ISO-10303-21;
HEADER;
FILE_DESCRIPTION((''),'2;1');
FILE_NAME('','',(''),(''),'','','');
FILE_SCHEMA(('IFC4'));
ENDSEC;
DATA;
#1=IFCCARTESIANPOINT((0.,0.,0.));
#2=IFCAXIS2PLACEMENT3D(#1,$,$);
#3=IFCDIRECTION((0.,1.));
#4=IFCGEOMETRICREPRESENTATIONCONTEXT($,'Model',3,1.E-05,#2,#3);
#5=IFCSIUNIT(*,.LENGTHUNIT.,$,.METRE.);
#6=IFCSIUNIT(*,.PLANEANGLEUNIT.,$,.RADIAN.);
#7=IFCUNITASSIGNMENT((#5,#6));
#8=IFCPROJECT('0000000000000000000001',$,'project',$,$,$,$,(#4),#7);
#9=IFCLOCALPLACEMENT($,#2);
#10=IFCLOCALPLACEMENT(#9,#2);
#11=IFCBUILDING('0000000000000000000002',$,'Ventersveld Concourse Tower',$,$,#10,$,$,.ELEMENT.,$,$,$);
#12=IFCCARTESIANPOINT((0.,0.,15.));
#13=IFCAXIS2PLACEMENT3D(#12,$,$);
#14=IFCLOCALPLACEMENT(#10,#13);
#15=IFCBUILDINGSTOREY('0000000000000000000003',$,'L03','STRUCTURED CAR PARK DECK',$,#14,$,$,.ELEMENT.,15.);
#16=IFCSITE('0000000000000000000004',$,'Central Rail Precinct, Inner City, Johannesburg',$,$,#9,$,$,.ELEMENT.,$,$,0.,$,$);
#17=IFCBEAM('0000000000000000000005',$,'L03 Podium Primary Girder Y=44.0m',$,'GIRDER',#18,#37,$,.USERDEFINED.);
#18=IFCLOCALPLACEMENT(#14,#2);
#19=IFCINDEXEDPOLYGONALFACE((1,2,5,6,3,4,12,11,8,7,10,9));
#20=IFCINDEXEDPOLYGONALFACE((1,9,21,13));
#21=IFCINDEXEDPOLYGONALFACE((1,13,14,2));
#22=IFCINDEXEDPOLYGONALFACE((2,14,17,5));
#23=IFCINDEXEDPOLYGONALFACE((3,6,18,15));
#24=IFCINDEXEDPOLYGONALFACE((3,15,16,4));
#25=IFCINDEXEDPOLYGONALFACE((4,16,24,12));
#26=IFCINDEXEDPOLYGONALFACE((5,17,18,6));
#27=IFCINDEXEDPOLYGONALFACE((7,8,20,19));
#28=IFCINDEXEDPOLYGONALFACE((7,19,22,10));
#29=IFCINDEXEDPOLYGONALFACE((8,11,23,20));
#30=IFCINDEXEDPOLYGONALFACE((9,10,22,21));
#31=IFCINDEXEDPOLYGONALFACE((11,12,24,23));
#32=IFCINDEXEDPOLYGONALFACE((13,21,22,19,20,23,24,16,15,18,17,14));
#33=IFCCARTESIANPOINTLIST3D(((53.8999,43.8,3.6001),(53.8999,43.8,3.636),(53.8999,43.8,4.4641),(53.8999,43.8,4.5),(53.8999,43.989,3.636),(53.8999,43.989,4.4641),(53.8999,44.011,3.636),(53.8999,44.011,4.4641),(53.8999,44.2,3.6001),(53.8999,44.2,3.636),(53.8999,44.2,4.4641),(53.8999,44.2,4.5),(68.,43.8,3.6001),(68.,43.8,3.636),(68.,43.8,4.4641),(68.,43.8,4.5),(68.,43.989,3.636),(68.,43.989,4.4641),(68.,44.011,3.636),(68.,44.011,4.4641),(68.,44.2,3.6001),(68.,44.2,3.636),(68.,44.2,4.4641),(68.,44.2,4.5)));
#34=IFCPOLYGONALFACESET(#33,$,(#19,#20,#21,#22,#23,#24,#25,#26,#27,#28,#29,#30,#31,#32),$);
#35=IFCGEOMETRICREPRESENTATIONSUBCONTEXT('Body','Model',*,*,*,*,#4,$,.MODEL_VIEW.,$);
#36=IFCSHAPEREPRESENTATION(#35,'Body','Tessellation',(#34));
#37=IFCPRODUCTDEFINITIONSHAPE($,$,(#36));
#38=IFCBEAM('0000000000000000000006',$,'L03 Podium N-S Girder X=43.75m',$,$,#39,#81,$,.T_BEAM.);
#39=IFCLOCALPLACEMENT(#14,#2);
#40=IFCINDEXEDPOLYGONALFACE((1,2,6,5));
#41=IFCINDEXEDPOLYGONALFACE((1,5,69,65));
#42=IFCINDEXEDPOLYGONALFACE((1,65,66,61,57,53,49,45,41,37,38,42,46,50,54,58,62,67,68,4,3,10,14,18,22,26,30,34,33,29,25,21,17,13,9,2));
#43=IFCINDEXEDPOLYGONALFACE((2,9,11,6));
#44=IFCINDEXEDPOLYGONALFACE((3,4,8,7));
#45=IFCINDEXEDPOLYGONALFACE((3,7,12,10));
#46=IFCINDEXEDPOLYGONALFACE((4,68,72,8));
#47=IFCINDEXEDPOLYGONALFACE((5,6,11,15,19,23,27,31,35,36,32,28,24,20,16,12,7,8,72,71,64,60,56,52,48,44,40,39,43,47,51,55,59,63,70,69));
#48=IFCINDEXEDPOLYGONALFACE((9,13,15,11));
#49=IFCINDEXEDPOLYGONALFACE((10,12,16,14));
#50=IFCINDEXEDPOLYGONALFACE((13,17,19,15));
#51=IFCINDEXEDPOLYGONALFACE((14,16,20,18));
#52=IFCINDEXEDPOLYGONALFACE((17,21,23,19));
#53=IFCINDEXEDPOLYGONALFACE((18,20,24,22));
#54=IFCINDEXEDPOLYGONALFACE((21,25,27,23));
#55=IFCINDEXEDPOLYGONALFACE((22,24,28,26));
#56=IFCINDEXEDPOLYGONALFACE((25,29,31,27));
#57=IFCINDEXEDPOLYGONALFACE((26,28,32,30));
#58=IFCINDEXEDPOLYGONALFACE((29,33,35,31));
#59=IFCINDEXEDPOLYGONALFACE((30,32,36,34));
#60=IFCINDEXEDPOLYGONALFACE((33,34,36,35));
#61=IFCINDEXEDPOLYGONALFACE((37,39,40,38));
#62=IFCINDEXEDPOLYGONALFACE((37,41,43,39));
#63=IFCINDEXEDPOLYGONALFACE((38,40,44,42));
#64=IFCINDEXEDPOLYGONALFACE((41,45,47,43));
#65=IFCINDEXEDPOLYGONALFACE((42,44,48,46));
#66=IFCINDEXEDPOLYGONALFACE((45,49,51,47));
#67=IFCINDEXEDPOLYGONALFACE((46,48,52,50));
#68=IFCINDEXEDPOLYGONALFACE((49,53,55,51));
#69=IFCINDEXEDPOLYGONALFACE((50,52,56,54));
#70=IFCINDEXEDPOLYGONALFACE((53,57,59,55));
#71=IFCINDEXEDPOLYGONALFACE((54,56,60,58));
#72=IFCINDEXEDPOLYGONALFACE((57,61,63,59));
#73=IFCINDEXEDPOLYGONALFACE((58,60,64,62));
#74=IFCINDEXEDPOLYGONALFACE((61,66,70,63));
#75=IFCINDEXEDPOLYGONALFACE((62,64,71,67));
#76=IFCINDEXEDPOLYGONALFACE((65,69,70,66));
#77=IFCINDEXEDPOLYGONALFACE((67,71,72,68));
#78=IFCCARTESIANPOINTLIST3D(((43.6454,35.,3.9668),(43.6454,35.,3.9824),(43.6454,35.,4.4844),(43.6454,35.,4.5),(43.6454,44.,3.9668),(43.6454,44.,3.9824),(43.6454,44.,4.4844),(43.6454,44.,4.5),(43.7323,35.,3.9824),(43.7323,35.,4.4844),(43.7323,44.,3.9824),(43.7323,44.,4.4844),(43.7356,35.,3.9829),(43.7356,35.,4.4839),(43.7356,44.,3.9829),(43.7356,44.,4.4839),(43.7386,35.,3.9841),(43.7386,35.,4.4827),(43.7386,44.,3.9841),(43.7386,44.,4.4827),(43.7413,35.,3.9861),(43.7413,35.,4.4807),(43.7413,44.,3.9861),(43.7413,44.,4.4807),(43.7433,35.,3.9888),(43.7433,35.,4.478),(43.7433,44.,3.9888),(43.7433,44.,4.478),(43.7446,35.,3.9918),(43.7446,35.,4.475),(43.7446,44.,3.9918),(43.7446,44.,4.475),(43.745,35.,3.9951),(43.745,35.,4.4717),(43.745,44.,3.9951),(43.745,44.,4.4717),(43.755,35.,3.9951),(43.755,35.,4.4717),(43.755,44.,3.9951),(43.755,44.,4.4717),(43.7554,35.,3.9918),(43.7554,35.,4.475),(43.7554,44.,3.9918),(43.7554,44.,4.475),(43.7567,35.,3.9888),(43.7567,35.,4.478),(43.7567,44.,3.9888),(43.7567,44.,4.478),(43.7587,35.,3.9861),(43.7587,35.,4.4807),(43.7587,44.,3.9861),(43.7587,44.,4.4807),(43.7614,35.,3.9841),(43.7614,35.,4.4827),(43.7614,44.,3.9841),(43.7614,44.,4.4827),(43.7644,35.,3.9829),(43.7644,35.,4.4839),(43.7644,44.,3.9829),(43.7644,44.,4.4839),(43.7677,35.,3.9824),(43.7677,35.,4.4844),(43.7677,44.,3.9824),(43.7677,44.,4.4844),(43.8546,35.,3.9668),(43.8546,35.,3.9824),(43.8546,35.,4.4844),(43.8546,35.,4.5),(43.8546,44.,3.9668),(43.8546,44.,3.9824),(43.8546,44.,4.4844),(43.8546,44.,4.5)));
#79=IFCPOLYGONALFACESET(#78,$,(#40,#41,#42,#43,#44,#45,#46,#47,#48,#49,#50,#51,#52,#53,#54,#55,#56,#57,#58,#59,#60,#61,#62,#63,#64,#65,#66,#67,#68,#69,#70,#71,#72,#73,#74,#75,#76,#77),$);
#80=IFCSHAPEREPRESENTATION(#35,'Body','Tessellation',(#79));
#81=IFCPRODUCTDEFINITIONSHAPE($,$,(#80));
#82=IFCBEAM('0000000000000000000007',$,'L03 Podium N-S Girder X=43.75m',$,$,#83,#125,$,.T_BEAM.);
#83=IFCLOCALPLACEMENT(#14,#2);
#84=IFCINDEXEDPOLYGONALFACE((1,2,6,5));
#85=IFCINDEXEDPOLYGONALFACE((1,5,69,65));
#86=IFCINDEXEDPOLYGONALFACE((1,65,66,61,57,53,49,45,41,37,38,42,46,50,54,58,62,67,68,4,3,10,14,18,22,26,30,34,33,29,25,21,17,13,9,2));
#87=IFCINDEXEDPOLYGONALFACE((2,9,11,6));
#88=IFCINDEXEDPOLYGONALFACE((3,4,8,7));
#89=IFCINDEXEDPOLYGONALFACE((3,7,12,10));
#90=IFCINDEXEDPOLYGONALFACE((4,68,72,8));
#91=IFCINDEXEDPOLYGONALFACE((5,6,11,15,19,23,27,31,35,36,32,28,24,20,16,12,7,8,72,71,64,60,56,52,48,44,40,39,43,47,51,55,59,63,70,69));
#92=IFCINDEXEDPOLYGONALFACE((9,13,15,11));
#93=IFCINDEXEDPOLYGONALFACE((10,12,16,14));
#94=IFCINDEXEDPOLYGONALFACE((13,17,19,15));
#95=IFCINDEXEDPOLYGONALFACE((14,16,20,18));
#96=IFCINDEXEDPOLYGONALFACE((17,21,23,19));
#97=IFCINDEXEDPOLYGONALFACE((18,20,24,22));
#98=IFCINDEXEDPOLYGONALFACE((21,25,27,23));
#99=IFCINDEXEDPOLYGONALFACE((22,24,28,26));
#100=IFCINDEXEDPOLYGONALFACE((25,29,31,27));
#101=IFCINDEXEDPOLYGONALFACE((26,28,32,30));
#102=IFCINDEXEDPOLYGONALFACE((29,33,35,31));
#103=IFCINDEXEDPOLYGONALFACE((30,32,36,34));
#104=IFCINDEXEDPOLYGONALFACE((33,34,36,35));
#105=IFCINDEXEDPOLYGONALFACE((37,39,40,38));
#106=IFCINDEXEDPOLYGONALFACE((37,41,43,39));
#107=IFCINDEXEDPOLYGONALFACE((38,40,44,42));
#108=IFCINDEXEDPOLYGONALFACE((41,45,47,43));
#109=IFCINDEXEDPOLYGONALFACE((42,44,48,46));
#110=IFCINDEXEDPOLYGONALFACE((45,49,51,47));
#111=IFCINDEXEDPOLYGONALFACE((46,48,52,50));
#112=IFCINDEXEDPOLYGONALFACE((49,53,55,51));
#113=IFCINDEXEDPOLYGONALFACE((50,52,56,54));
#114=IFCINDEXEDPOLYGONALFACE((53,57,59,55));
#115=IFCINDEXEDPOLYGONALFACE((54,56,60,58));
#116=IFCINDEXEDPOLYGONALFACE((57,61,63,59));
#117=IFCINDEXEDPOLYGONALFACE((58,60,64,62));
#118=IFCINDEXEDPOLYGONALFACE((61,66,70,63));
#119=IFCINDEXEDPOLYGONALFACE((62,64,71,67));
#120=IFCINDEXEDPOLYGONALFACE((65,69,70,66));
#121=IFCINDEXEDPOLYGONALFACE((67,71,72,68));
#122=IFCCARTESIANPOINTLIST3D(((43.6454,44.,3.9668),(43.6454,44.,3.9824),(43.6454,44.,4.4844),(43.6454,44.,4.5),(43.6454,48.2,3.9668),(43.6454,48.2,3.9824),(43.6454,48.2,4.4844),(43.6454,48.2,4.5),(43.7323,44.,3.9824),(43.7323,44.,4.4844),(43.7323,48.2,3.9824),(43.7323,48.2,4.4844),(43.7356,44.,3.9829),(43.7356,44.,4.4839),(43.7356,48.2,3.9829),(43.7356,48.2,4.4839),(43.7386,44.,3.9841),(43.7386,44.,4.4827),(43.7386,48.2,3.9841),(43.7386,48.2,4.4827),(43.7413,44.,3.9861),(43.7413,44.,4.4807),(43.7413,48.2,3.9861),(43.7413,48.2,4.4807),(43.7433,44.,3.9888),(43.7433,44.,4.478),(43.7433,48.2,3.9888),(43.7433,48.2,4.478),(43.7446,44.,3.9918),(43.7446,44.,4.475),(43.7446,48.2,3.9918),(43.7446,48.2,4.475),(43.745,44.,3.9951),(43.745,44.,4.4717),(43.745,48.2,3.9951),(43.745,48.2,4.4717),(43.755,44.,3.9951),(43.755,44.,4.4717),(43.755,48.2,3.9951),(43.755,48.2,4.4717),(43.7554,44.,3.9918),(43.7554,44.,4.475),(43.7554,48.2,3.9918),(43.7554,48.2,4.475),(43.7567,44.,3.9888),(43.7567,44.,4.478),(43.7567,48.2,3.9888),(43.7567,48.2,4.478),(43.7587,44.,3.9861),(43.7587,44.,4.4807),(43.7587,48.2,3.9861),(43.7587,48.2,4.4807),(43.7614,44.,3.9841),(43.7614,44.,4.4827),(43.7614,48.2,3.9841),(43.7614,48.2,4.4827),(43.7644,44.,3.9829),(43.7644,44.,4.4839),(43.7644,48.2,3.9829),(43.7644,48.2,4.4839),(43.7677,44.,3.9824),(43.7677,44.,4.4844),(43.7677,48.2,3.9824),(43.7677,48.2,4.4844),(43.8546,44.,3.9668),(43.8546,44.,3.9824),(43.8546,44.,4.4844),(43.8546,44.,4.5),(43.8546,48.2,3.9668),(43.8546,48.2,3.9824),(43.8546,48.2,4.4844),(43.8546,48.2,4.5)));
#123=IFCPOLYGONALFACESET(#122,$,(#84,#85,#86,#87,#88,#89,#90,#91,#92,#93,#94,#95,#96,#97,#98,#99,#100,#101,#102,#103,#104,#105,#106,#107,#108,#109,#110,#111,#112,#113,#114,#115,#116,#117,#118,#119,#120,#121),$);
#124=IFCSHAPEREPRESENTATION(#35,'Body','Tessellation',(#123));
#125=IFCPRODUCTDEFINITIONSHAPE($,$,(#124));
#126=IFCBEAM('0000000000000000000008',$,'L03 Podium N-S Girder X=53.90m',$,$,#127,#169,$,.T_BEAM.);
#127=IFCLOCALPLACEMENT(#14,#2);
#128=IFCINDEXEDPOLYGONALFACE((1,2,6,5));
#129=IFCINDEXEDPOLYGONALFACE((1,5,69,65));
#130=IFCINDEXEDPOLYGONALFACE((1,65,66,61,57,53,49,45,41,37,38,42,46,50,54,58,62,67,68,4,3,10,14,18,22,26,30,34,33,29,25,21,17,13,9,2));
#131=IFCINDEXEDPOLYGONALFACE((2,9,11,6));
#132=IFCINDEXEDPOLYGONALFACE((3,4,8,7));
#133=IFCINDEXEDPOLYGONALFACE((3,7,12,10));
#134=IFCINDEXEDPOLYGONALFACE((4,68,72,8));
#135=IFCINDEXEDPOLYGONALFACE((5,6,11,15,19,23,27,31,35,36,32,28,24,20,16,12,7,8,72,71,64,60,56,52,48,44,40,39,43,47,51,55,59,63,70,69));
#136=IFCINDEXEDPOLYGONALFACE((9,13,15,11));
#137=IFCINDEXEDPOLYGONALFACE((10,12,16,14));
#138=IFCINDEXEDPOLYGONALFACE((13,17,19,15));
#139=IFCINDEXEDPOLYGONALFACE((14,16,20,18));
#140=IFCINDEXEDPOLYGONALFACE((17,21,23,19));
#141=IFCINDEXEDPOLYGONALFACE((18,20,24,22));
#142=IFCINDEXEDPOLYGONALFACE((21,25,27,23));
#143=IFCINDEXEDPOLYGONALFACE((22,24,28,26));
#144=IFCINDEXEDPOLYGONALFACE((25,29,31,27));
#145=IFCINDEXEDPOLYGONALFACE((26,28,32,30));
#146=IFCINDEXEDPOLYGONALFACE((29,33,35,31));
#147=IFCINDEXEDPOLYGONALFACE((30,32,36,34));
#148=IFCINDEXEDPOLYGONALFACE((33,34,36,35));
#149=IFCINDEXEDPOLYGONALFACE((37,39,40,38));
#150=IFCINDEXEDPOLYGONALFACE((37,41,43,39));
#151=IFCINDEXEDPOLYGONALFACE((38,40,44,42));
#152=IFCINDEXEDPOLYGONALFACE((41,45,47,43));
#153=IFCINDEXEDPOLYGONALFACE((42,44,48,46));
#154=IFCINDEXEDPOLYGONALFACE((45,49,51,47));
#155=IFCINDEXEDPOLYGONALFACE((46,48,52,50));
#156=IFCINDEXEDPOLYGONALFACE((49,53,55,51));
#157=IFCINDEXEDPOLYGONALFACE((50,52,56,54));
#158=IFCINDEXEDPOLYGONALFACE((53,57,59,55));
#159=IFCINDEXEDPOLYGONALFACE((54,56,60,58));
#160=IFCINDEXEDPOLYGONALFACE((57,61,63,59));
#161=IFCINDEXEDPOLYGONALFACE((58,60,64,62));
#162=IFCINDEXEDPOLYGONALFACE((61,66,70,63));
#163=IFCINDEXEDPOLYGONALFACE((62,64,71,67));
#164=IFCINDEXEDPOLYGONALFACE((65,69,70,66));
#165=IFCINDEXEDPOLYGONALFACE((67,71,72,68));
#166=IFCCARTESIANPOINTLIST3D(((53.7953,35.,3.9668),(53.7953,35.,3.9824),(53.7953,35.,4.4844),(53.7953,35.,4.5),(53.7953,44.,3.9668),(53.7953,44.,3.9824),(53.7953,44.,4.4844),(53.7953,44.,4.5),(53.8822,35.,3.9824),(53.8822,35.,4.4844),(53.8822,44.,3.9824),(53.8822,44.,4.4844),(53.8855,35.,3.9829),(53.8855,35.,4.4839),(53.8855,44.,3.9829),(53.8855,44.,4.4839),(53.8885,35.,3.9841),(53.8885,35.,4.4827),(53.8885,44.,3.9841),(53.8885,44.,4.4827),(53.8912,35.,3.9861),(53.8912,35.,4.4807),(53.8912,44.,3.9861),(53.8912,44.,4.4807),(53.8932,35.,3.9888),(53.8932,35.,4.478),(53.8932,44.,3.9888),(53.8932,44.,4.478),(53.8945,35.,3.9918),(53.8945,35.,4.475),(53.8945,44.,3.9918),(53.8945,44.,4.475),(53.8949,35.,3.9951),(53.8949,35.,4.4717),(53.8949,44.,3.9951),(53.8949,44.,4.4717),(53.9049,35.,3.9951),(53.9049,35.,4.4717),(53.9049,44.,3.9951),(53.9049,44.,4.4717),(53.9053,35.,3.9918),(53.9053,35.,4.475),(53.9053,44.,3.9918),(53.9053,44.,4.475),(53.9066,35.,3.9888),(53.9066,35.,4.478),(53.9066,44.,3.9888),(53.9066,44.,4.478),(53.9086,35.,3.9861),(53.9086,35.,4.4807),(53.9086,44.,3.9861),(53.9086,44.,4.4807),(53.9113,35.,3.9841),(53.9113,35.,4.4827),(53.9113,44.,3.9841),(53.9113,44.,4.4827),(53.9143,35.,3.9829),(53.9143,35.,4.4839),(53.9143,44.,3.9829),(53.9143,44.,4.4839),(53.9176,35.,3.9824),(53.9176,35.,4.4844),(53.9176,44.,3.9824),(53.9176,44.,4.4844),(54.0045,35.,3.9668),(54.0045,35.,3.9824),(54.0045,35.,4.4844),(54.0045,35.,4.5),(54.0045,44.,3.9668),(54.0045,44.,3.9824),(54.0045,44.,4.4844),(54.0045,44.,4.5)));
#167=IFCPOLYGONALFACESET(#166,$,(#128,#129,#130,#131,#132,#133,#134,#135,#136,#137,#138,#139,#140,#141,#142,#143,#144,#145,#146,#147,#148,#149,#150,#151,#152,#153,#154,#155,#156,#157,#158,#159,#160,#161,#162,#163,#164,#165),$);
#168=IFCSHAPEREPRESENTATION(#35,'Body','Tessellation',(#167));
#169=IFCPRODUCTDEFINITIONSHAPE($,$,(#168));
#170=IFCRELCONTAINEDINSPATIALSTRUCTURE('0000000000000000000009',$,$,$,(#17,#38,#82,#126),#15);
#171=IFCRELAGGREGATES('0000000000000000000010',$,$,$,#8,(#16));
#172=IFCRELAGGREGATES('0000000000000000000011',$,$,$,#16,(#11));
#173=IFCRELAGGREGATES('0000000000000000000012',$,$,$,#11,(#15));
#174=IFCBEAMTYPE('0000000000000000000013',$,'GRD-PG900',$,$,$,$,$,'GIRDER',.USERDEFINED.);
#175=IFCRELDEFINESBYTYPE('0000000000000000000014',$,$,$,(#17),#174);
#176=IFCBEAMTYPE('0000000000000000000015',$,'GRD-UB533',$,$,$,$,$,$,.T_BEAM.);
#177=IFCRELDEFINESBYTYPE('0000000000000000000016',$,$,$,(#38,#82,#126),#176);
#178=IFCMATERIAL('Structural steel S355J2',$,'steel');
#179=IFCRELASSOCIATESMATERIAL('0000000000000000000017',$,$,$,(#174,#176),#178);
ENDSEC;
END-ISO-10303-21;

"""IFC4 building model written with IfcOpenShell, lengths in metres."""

from ifc_helpers import new_model, si_unit, direction, frame, origin, origin_2d, place, context, subcontext, project, spatial, i_section, extrude, material, material_profile, profile_set, type_object, element, save


model = new_model("IFC4")

# Units and contexts
model_context = context("Model", 3, precision=1e-05, world=origin(), true_north=direction((0.0, 1.0)))
body_context = subcontext(model_context, "Body", "Model", "MODEL_VIEW")
ifc_project = project(units=[si_unit("LENGTHUNIT", "METRE"), si_unit("PLANEANGLEUNIT", "RADIAN")], contexts=[model_context])

# Site, building, storey
site_placement = place(None, origin())
site = spatial("IfcSite", under=ifc_project, at=site_placement, Name="Central Rail Precinct, Inner City, Johannesburg", CompositionType="ELEMENT", RefElevation=0.0)
building_placement = place(site_placement, origin())
building = spatial("IfcBuilding", under=site, at=building_placement, Name="Ventersveld Concourse Tower", CompositionType="ELEMENT")
storey_placement = place(building_placement, frame((0.0, 0.0, 15.0)))
storey = spatial("IfcBuildingStorey", under=building, at=storey_placement, Name="L03", Description="STRUCTURED CAR PARK DECK", CompositionType="ELEMENT", Elevation=15.0)

# Beams
ifc_material_1 = material(Name="Structural steel S355J2", Category="steel")
ifc_material_profile_1 = material_profile(ifc_material_1, i_section(OverallWidth=0.3999, OverallDepth=0.8999, WebThickness=0.022, FlangeThickness=0.0359, at=origin_2d()), Name="PG 900x400x36")
ifc_profile_set_1 = profile_set([ifc_material_profile_1], Name="Structural steel S355J2")
beam_type_1 = type_object("IfcBeamType", Name="GRD-PG900", ElementType="GIRDER", PredefinedType="USERDEFINED", material=ifc_profile_set_1)
beam_1_placement = place(storey_placement, frame((53.8999, 44.0, 4.05), z_axis=(1.0, 0.0, 0.0), x_axis=(0.0, 1.0, 0.0)))
element("IfcBeam", 1, at=beam_1_placement, inside=storey, type_object=beam_type_1, Name="L03 Podium Primary Girder Y=44.0m", ObjectType="GIRDER", PredefinedType="USERDEFINED", context=body_context, shape_type="SweptSolid", body=[
    extrude(i_section(OverallWidth=0.3999, OverallDepth=0.8999, WebThickness=0.022, FlangeThickness=0.0359, at=origin_2d()), origin(), (0.0, 0.0, 1.0), 14.1001),
])
ifc_material_profile_2 = material_profile(ifc_material_1, i_section(OverallWidth=0.2092, OverallDepth=0.5332, WebThickness=0.01, FlangeThickness=0.0156, FilletRadius=0.0127, at=origin_2d()), Name="UB 533x210x92")
ifc_profile_set_2 = profile_set([ifc_material_profile_2], Name="Structural steel S355J2")
beam_type_2 = type_object("IfcBeamType", Name="GRD-UB533", PredefinedType="T_BEAM", material=ifc_profile_set_2)
beam_2_placement = place(storey_placement, frame((43.75, 35.0, 4.2334), z_axis=(0.0, 1.0, 0.0), x_axis=(-1.0, 0.0, 0.0)))
element("IfcBeam", 2, at=beam_2_placement, inside=storey, type_object=beam_type_2, Name="L03 Podium N-S Girder X=43.75m", PredefinedType="T_BEAM", context=body_context, shape_type="SweptSolid", body=[
    extrude(i_section(OverallWidth=0.2092, OverallDepth=0.5332, WebThickness=0.01, FlangeThickness=0.0156, FilletRadius=0.0127, at=origin_2d()), origin(), (0.0, 0.0, 1.0), 9.0),
])
beam_3_placement = place(storey_placement, frame((43.75, 44.0, 4.2334), z_axis=(0.0, 1.0, 0.0), x_axis=(-1.0, 0.0, 0.0)))
element("IfcBeam", 3, at=beam_3_placement, inside=storey, type_object=beam_type_2, Name="L03 Podium N-S Girder X=43.75m", PredefinedType="T_BEAM", context=body_context, shape_type="SweptSolid", body=[
    extrude(i_section(OverallWidth=0.2092, OverallDepth=0.5332, WebThickness=0.01, FlangeThickness=0.0156, FilletRadius=0.0127, at=origin_2d()), origin(), (0.0, 0.0, 1.0), 4.2),
])
beam_4_placement = place(storey_placement, frame((53.8999, 35.0, 4.2334), z_axis=(0.0, 1.0, 0.0), x_axis=(-1.0, 0.0, 0.0)))
element("IfcBeam", 4, at=beam_4_placement, inside=storey, type_object=beam_type_2, Name="L03 Podium N-S Girder X=53.90m", PredefinedType="T_BEAM", context=body_context, shape_type="SweptSolid", body=[
    extrude(i_section(OverallWidth=0.2092, OverallDepth=0.5332, WebThickness=0.01, FlangeThickness=0.0156, FilletRadius=0.0127, at=origin_2d()), origin(), (0.0, 0.0, 1.0), 9.0),
])

save(model, "model.ifc")
